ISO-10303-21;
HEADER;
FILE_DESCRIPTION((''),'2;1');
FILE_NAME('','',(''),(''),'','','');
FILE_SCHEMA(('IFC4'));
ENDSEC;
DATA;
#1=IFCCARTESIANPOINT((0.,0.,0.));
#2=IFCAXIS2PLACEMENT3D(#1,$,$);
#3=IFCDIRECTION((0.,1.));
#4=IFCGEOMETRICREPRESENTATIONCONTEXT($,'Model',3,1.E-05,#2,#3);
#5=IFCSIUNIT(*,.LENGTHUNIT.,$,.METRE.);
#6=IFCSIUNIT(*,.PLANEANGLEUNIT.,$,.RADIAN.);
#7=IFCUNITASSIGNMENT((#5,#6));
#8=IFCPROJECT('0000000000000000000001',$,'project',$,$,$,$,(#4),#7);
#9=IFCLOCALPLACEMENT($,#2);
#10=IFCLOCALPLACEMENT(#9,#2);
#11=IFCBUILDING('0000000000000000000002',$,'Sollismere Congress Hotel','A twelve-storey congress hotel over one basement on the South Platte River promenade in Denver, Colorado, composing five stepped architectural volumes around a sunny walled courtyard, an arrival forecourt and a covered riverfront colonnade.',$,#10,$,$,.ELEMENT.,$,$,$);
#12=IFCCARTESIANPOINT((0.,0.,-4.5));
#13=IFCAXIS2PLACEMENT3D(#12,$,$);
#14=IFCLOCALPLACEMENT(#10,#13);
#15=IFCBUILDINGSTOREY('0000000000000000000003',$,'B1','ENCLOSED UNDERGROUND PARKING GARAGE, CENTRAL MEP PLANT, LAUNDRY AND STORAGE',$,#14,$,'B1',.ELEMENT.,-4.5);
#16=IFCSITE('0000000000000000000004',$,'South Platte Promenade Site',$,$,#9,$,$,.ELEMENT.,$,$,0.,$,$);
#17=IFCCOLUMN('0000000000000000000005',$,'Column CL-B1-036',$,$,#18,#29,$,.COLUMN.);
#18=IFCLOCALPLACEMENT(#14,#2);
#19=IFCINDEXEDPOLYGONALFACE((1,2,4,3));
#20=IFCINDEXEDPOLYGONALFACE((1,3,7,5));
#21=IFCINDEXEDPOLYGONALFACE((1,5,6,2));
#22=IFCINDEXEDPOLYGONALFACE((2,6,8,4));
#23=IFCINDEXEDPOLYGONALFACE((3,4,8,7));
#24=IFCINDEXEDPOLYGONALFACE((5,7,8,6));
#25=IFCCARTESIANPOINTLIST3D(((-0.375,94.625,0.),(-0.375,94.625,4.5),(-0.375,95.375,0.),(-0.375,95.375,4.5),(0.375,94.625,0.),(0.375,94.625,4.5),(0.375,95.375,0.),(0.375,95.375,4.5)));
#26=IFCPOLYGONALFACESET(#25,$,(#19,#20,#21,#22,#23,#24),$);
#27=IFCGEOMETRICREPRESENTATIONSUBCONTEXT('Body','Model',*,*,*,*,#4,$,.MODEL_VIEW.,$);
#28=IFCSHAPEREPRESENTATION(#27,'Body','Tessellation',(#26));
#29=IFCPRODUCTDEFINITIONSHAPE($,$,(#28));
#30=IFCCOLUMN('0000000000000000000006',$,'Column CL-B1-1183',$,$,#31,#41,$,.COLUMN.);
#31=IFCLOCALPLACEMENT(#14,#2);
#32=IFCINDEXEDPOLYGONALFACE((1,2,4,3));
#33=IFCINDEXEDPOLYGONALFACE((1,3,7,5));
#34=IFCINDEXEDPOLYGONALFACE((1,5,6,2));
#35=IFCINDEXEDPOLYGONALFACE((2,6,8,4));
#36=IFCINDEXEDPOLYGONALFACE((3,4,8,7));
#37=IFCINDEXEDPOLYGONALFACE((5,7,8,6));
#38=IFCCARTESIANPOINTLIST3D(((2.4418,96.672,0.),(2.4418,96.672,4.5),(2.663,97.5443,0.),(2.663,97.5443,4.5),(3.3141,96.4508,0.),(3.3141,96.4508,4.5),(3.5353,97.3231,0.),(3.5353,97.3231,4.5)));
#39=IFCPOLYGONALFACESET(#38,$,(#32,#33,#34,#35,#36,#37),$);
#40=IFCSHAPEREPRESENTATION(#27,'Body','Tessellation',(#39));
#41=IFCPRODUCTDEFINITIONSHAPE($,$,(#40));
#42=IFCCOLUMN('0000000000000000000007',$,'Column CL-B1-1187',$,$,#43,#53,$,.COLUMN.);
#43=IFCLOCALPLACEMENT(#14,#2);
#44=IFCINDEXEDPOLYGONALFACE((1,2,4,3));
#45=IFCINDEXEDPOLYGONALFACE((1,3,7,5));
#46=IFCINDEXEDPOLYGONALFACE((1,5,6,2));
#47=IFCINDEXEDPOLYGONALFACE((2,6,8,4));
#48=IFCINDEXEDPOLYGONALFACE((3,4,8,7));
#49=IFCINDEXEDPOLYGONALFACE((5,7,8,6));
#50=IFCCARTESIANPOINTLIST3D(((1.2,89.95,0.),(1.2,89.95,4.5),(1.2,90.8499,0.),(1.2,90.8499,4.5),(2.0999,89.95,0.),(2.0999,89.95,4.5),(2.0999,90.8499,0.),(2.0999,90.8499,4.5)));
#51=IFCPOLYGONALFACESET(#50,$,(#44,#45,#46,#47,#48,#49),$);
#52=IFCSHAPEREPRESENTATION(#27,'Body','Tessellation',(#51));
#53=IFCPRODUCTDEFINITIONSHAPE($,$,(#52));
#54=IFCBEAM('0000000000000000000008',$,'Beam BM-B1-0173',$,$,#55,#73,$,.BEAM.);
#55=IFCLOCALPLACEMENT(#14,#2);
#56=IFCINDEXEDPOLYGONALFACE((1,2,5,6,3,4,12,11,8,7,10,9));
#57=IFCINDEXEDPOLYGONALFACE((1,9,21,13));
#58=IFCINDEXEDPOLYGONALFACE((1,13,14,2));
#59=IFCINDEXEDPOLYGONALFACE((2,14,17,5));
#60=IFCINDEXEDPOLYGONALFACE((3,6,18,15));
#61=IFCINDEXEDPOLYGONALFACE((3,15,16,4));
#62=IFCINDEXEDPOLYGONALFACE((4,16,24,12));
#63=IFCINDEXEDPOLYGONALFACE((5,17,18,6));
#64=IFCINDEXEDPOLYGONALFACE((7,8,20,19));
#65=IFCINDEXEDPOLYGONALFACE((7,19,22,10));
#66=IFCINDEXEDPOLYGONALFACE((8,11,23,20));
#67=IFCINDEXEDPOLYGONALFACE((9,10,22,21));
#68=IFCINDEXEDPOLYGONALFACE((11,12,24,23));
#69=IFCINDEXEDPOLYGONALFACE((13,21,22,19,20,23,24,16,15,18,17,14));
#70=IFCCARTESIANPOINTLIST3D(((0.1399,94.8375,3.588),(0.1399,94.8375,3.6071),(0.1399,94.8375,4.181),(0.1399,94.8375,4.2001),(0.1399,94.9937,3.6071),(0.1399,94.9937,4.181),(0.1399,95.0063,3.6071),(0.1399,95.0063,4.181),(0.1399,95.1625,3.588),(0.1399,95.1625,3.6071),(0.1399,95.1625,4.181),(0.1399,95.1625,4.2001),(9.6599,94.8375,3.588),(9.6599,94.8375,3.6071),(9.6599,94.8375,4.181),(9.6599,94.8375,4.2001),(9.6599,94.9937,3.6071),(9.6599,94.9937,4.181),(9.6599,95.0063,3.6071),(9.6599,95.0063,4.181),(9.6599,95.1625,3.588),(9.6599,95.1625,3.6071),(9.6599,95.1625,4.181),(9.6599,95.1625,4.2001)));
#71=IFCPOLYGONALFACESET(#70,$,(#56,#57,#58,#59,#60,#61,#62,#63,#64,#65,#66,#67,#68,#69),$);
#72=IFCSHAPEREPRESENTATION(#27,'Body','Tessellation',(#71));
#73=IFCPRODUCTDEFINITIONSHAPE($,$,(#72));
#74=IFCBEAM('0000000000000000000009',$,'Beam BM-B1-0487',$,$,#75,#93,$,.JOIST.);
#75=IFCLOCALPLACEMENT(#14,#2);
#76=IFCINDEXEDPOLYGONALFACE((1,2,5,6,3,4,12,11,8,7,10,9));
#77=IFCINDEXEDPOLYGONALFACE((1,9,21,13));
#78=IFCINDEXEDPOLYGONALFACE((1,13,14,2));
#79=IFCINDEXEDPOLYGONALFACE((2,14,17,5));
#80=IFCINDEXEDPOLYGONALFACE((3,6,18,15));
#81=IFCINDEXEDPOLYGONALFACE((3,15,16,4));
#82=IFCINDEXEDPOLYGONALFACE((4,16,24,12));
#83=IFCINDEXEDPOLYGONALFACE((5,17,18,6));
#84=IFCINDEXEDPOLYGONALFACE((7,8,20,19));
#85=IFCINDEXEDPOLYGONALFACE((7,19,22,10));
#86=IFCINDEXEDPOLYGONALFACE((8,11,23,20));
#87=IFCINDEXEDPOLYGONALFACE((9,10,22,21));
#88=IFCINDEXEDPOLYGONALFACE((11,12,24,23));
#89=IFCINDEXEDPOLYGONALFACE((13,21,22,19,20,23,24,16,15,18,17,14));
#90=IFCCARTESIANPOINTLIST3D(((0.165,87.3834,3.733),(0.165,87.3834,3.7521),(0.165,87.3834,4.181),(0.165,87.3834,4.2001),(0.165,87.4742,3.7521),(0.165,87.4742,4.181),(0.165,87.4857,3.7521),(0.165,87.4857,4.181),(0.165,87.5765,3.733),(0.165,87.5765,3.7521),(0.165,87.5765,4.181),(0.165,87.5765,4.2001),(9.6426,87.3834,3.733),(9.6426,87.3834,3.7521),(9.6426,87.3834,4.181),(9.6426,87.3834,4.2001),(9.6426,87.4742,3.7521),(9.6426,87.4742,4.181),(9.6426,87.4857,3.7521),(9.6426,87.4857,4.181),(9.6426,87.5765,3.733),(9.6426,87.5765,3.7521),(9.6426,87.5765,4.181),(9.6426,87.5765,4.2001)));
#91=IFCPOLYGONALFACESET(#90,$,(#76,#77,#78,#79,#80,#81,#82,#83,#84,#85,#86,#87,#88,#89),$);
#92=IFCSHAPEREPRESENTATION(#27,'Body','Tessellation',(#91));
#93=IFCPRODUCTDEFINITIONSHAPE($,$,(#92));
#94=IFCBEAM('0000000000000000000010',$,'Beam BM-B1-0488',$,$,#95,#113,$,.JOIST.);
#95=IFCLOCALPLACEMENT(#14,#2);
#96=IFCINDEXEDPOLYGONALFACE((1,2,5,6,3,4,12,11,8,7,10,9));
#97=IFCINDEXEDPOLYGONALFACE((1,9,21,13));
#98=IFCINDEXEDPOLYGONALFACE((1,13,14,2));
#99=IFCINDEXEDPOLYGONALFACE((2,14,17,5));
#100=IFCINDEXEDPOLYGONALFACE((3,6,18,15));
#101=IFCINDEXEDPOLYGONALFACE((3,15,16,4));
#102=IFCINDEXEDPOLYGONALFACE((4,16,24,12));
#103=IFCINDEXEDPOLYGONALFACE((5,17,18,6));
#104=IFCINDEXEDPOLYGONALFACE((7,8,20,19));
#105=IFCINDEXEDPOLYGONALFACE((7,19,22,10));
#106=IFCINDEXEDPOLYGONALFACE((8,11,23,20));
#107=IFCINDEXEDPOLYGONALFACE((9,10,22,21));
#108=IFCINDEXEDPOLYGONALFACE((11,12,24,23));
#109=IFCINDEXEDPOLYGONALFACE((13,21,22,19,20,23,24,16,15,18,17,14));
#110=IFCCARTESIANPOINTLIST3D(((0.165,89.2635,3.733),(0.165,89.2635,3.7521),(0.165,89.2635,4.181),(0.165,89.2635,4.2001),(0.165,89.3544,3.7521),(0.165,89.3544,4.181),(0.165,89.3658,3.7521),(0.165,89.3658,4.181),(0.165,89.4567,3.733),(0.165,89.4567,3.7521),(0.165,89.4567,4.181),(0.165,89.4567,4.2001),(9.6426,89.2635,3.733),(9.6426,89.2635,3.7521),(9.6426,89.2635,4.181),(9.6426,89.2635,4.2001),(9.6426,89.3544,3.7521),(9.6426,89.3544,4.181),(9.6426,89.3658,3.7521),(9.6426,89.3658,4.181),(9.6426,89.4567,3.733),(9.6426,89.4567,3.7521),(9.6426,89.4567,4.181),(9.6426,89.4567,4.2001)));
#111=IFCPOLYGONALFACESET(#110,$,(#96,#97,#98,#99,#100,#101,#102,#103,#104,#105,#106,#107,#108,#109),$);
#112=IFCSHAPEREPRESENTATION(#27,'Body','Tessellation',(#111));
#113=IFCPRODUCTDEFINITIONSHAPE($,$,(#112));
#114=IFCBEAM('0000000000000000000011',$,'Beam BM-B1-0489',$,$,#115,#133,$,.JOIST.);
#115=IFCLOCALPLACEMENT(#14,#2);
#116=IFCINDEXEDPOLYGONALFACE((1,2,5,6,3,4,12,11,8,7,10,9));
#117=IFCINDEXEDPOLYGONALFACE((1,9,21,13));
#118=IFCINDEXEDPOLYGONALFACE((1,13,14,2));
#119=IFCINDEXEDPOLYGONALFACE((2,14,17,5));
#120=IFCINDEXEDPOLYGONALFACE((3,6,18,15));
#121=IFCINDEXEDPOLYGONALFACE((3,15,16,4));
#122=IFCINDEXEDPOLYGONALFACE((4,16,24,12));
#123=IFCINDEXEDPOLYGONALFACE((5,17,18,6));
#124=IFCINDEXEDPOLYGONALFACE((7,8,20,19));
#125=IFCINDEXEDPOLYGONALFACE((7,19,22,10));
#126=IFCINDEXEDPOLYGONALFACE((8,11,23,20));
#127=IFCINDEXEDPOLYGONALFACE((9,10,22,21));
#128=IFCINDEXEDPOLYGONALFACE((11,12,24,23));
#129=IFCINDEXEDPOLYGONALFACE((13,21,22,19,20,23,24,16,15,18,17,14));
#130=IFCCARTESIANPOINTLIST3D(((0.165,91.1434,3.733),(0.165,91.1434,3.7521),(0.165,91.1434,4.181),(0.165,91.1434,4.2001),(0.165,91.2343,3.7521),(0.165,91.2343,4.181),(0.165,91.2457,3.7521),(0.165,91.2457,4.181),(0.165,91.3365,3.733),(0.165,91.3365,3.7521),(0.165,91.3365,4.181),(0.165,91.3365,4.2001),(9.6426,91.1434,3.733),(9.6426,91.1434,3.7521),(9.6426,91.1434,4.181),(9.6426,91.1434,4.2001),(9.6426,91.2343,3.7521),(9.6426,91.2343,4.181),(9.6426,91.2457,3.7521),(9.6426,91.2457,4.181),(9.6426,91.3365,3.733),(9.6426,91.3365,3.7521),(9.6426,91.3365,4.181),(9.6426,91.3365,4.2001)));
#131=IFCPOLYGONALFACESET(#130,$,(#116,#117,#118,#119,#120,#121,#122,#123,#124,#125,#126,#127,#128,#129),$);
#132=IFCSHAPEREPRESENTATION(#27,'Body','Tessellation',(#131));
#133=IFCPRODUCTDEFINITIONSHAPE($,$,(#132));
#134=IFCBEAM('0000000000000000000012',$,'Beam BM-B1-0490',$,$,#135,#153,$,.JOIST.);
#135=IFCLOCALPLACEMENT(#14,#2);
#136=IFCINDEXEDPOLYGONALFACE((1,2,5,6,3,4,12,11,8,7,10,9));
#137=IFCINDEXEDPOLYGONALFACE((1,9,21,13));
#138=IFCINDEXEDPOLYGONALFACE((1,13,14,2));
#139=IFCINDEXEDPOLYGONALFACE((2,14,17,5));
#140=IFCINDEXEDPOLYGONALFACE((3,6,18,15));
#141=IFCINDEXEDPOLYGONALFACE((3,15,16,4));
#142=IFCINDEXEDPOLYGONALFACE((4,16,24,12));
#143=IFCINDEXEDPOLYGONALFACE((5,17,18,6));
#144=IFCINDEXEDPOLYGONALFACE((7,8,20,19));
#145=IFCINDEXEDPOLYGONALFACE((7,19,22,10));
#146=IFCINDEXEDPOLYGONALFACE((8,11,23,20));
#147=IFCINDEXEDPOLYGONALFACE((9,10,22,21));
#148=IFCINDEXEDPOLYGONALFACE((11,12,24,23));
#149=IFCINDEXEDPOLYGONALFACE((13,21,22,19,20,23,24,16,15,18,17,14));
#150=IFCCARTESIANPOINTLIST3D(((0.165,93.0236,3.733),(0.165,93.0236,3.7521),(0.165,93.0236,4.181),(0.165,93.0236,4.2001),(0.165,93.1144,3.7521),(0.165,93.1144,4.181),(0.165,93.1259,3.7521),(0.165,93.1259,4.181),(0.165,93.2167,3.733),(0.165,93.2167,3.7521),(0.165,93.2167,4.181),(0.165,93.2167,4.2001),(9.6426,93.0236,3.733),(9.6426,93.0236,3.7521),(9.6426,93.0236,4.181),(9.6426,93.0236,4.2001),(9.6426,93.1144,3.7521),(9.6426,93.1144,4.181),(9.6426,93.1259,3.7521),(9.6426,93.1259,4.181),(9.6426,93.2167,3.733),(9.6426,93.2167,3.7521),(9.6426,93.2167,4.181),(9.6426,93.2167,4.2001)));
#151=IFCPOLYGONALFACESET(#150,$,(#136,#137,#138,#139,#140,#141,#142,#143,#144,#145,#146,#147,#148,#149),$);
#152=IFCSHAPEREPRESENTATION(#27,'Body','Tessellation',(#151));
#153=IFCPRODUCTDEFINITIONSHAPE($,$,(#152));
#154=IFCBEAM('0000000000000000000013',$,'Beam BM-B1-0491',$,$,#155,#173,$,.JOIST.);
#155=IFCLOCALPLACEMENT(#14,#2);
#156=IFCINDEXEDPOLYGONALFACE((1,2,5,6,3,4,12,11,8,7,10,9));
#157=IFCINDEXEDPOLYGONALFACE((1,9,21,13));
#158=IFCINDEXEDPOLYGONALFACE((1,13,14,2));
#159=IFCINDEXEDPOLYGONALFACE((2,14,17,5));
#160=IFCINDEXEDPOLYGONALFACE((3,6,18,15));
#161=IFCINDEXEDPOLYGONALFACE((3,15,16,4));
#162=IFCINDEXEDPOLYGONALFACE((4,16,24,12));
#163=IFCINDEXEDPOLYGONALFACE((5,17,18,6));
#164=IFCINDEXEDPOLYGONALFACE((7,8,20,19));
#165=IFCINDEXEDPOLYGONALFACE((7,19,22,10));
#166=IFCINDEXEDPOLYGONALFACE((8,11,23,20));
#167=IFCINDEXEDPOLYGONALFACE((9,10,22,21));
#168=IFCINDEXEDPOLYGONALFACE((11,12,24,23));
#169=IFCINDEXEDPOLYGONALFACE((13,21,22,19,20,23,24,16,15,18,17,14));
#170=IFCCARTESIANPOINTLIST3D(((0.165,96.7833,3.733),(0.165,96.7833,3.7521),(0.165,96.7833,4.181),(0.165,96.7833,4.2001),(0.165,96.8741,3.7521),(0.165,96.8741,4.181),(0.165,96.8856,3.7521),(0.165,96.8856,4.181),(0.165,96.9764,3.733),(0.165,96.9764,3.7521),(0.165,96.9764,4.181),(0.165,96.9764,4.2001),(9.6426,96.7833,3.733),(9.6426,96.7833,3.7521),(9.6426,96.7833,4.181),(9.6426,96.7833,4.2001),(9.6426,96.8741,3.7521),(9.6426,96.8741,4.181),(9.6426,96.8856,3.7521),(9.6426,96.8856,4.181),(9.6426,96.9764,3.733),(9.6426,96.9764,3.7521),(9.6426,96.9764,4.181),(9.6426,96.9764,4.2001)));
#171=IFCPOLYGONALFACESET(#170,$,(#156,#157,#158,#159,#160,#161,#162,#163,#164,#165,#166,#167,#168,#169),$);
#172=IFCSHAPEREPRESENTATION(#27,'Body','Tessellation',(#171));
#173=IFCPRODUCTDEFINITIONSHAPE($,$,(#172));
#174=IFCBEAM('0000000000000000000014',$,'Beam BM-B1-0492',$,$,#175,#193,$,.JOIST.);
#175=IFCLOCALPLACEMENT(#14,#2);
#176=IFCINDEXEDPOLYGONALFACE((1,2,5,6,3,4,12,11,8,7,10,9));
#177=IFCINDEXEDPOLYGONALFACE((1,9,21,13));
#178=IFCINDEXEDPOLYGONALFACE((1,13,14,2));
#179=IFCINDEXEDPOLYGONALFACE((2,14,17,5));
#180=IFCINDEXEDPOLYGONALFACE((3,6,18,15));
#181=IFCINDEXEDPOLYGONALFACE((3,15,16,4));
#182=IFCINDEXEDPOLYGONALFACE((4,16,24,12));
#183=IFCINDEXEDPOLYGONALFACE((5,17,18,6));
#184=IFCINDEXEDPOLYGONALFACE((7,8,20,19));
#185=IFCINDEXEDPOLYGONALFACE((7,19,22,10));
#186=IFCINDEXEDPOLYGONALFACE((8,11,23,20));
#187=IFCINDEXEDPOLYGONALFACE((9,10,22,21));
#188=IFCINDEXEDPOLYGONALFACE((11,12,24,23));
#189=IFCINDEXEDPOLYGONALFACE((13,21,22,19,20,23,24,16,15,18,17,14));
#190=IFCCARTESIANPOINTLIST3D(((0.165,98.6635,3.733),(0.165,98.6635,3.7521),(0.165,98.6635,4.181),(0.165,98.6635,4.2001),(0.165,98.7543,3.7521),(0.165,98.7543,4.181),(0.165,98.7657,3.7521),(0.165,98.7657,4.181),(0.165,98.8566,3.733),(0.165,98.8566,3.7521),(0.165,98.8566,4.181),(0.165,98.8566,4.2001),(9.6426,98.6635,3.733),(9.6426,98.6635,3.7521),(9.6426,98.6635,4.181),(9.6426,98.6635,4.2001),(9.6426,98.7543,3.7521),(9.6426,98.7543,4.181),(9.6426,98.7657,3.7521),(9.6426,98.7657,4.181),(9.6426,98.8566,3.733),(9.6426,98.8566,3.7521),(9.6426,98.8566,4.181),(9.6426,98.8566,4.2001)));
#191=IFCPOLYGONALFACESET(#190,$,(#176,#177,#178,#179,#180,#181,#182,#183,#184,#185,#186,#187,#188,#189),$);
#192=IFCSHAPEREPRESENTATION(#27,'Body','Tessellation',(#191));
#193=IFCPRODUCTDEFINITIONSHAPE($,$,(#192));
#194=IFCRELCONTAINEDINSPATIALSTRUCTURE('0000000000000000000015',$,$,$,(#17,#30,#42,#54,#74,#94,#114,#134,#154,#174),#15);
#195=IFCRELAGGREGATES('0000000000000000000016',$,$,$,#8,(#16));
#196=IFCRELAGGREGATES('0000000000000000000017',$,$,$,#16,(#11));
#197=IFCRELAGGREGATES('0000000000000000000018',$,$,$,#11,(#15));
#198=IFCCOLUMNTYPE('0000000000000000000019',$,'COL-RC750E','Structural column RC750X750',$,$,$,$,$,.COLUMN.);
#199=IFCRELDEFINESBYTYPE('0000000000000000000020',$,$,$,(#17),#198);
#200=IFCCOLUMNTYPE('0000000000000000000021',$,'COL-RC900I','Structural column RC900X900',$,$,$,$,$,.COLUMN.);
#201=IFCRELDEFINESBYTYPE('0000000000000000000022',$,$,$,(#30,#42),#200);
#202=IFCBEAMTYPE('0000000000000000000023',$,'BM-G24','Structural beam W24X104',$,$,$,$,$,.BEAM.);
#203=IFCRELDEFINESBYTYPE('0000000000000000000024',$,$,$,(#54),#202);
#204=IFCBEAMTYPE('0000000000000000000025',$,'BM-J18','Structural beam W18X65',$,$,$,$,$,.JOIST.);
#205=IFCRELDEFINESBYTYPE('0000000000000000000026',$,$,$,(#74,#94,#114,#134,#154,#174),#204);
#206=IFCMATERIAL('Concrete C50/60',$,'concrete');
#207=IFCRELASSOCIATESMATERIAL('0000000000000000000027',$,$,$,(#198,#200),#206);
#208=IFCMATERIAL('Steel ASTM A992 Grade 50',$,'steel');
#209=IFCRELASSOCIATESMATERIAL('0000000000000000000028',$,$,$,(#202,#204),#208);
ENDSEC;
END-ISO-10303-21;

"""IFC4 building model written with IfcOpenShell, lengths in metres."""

from ifc_helpers import new_model, si_unit, direction, frame, origin, origin_2d, place, context, subcontext, project, spatial, rectangle, i_section, extrude, material, material_profile, profile_set, type_object, element, save


model = new_model("IFC4")

# Units and contexts
model_context = context("Model", 3, precision=1e-05, world=origin(), true_north=direction((0.0, 1.0)))
body_context = subcontext(model_context, "Body", "Model", "MODEL_VIEW")
ifc_project = project(units=[si_unit("LENGTHUNIT", "METRE"), si_unit("PLANEANGLEUNIT", "RADIAN")], contexts=[model_context])

# Site, building, storey
site_placement = place(None, origin())
site = spatial("IfcSite", under=ifc_project, at=site_placement, Name="South Platte Promenade Site", CompositionType="ELEMENT", RefElevation=0.0)
building_placement = place(site_placement, origin())
building = spatial("IfcBuilding", under=site, at=building_placement, Name="Sollismere Congress Hotel", Description="A twelve-storey congress hotel over one basement on the South Platte River promenade in Denver, Colorado, composing five stepped architectural volumes around a sunny walled courtyard, an arrival forecourt and a covered riverfront colonnade.", CompositionType="ELEMENT")
storey_placement = place(building_placement, frame((0.0, 0.0, -4.5)))
storey = spatial("IfcBuildingStorey", under=building, at=storey_placement, Name="B1", Description="ENCLOSED UNDERGROUND PARKING GARAGE, CENTRAL MEP PLANT, LAUNDRY AND STORAGE", LongName="B1", CompositionType="ELEMENT", Elevation=-4.5)

# Columns
ifc_material_1 = material(Name="Concrete C50/60", Category="concrete")
ifc_material_profile_1 = material_profile(ifc_material_1, rectangle(XDim=0.75, YDim=0.75, at=origin_2d()), Name="RC750X750")
ifc_profile_set_1 = profile_set([ifc_material_profile_1], Name="Concrete C50/60")
column_type_1 = type_object("IfcColumnType", Name="COL-RC750E", Description="Structural column RC750X750", PredefinedType="COLUMN", material=ifc_profile_set_1)
column_placement = place(storey_placement, frame((0.0, 95.0, 0.0), z_axis=(0.0, 0.0, 1.0), x_axis=(1.0, 0.0, 0.0)))
element("IfcColumn", 1, at=column_placement, inside=storey, type_object=column_type_1, Name="Column CL-B1-036", PredefinedType="COLUMN", context=body_context, shape_type="SweptSolid", body=[
    extrude(rectangle(XDim=0.75, YDim=0.75, at=origin_2d()), origin(), (0.0, 0.0, 1.0), 4.5),
])
ifc_material_profile_2 = material_profile(ifc_material_1, rectangle(XDim=0.8999, YDim=0.8999, at=origin_2d()), Name="RC900X900")
ifc_profile_set_2 = profile_set([ifc_material_profile_2], Name="Concrete C50/60")
column_type_2 = type_object("IfcColumnType", Name="COL-RC900I", Description="Structural column RC900X900", PredefinedType="COLUMN", material=ifc_profile_set_2)
for number, where, z_axis, x_axis, name in (
    (2, (2.9885, 96.9976, 0.0), (0.0, 0.0, 1.0), (-0.969317, 0.245815, 0.0), "Column CL-B1-1183"),
    (3, (1.6499, 90.3999, 0.0), (0.0, 0.0, 1.0), (-1.0, 0.0, 0.0), "Column CL-B1-1187"),
):
    element("IfcColumn", number, at=place(storey_placement, frame(where, z_axis=z_axis, x_axis=x_axis)), inside=storey, type_object=column_type_2, Name=name, PredefinedType="COLUMN", context=body_context, shape_type="SweptSolid", body=[
        extrude(rectangle(XDim=0.8999, YDim=0.8999, at=origin_2d()), origin(), (0.0, 0.0, 1.0), 4.5),
    ])

# Beams
ifc_material_2 = material(Name="Steel ASTM A992 Grade 50", Category="steel")
ifc_material_profile_3 = material_profile(ifc_material_2, i_section(OverallWidth=0.325, OverallDepth=0.6121, WebThickness=0.0127, FlangeThickness=0.019, at=origin_2d()), Name="W24X104")
ifc_profile_set_3 = profile_set([ifc_material_profile_3], Name="Steel ASTM A992 Grade 50")
beam_type_1 = type_object("IfcBeamType", Name="BM-G24", Description="Structural beam W24X104", PredefinedType="BEAM", material=ifc_profile_set_3)
beam_placement = place(storey_placement, frame((0.1399, 95.0, 3.894), z_axis=(1.0, 0.0, 0.0), x_axis=(0.0, 1.0, 0.0)))
element("IfcBeam", 4, at=beam_placement, inside=storey, type_object=beam_type_1, Name="Beam BM-B1-0173", PredefinedType="BEAM", context=body_context, shape_type="SweptSolid", body=[
    extrude(i_section(OverallWidth=0.325, OverallDepth=0.6121, WebThickness=0.0127, FlangeThickness=0.019, at=origin_2d()), origin(), (0.0, 0.0, 1.0), 9.52),
])
ifc_material_profile_4 = material_profile(ifc_material_2, i_section(OverallWidth=0.1931, OverallDepth=0.467, WebThickness=0.0115, FlangeThickness=0.019, at=origin_2d()), Name="W18X65")
ifc_profile_set_4 = profile_set([ifc_material_profile_4], Name="Steel ASTM A992 Grade 50")
beam_type_2 = type_object("IfcBeamType", Name="BM-J18", Description="Structural beam W18X65", PredefinedType="JOIST", material=ifc_profile_set_4)
for number, where, z_axis, x_axis, name in (
    (5, (0.165, 87.48, 3.9666), (1.0, 0.0, 0.0), (0.0, 1.0, 0.0), "Beam BM-B1-0487"),
    (6, (0.165, 89.3601, 3.9666), (1.0, 0.0, 0.0), (0.0, 1.0, 0.0), "Beam BM-B1-0488"),
    (7, (0.165, 91.24, 3.9666), (1.0, 0.0, 0.0), (0.0, 1.0, 0.0), "Beam BM-B1-0489"),
    (8, (0.165, 93.1201, 3.9666), (1.0, 0.0, 0.0), (0.0, 1.0, 0.0), "Beam BM-B1-0490"),
    (9, (0.165, 96.8799, 3.9666), (1.0, 0.0, 0.0), (0.0, 1.0, 0.0), "Beam BM-B1-0491"),
    (10, (0.165, 98.76, 3.9666), (1.0, 0.0, 0.0), (0.0, 1.0, 0.0), "Beam BM-B1-0492"),
):
    element("IfcBeam", number, at=place(storey_placement, frame(where, z_axis=z_axis, x_axis=x_axis)), inside=storey, type_object=beam_type_2, Name=name, PredefinedType="JOIST", context=body_context, shape_type="SweptSolid", body=[
        extrude(i_section(OverallWidth=0.1931, OverallDepth=0.467, WebThickness=0.0115, FlangeThickness=0.019, at=origin_2d()), origin(), (0.0, 0.0, 1.0), 9.4775),
    ])

save(model, "model.ifc")
